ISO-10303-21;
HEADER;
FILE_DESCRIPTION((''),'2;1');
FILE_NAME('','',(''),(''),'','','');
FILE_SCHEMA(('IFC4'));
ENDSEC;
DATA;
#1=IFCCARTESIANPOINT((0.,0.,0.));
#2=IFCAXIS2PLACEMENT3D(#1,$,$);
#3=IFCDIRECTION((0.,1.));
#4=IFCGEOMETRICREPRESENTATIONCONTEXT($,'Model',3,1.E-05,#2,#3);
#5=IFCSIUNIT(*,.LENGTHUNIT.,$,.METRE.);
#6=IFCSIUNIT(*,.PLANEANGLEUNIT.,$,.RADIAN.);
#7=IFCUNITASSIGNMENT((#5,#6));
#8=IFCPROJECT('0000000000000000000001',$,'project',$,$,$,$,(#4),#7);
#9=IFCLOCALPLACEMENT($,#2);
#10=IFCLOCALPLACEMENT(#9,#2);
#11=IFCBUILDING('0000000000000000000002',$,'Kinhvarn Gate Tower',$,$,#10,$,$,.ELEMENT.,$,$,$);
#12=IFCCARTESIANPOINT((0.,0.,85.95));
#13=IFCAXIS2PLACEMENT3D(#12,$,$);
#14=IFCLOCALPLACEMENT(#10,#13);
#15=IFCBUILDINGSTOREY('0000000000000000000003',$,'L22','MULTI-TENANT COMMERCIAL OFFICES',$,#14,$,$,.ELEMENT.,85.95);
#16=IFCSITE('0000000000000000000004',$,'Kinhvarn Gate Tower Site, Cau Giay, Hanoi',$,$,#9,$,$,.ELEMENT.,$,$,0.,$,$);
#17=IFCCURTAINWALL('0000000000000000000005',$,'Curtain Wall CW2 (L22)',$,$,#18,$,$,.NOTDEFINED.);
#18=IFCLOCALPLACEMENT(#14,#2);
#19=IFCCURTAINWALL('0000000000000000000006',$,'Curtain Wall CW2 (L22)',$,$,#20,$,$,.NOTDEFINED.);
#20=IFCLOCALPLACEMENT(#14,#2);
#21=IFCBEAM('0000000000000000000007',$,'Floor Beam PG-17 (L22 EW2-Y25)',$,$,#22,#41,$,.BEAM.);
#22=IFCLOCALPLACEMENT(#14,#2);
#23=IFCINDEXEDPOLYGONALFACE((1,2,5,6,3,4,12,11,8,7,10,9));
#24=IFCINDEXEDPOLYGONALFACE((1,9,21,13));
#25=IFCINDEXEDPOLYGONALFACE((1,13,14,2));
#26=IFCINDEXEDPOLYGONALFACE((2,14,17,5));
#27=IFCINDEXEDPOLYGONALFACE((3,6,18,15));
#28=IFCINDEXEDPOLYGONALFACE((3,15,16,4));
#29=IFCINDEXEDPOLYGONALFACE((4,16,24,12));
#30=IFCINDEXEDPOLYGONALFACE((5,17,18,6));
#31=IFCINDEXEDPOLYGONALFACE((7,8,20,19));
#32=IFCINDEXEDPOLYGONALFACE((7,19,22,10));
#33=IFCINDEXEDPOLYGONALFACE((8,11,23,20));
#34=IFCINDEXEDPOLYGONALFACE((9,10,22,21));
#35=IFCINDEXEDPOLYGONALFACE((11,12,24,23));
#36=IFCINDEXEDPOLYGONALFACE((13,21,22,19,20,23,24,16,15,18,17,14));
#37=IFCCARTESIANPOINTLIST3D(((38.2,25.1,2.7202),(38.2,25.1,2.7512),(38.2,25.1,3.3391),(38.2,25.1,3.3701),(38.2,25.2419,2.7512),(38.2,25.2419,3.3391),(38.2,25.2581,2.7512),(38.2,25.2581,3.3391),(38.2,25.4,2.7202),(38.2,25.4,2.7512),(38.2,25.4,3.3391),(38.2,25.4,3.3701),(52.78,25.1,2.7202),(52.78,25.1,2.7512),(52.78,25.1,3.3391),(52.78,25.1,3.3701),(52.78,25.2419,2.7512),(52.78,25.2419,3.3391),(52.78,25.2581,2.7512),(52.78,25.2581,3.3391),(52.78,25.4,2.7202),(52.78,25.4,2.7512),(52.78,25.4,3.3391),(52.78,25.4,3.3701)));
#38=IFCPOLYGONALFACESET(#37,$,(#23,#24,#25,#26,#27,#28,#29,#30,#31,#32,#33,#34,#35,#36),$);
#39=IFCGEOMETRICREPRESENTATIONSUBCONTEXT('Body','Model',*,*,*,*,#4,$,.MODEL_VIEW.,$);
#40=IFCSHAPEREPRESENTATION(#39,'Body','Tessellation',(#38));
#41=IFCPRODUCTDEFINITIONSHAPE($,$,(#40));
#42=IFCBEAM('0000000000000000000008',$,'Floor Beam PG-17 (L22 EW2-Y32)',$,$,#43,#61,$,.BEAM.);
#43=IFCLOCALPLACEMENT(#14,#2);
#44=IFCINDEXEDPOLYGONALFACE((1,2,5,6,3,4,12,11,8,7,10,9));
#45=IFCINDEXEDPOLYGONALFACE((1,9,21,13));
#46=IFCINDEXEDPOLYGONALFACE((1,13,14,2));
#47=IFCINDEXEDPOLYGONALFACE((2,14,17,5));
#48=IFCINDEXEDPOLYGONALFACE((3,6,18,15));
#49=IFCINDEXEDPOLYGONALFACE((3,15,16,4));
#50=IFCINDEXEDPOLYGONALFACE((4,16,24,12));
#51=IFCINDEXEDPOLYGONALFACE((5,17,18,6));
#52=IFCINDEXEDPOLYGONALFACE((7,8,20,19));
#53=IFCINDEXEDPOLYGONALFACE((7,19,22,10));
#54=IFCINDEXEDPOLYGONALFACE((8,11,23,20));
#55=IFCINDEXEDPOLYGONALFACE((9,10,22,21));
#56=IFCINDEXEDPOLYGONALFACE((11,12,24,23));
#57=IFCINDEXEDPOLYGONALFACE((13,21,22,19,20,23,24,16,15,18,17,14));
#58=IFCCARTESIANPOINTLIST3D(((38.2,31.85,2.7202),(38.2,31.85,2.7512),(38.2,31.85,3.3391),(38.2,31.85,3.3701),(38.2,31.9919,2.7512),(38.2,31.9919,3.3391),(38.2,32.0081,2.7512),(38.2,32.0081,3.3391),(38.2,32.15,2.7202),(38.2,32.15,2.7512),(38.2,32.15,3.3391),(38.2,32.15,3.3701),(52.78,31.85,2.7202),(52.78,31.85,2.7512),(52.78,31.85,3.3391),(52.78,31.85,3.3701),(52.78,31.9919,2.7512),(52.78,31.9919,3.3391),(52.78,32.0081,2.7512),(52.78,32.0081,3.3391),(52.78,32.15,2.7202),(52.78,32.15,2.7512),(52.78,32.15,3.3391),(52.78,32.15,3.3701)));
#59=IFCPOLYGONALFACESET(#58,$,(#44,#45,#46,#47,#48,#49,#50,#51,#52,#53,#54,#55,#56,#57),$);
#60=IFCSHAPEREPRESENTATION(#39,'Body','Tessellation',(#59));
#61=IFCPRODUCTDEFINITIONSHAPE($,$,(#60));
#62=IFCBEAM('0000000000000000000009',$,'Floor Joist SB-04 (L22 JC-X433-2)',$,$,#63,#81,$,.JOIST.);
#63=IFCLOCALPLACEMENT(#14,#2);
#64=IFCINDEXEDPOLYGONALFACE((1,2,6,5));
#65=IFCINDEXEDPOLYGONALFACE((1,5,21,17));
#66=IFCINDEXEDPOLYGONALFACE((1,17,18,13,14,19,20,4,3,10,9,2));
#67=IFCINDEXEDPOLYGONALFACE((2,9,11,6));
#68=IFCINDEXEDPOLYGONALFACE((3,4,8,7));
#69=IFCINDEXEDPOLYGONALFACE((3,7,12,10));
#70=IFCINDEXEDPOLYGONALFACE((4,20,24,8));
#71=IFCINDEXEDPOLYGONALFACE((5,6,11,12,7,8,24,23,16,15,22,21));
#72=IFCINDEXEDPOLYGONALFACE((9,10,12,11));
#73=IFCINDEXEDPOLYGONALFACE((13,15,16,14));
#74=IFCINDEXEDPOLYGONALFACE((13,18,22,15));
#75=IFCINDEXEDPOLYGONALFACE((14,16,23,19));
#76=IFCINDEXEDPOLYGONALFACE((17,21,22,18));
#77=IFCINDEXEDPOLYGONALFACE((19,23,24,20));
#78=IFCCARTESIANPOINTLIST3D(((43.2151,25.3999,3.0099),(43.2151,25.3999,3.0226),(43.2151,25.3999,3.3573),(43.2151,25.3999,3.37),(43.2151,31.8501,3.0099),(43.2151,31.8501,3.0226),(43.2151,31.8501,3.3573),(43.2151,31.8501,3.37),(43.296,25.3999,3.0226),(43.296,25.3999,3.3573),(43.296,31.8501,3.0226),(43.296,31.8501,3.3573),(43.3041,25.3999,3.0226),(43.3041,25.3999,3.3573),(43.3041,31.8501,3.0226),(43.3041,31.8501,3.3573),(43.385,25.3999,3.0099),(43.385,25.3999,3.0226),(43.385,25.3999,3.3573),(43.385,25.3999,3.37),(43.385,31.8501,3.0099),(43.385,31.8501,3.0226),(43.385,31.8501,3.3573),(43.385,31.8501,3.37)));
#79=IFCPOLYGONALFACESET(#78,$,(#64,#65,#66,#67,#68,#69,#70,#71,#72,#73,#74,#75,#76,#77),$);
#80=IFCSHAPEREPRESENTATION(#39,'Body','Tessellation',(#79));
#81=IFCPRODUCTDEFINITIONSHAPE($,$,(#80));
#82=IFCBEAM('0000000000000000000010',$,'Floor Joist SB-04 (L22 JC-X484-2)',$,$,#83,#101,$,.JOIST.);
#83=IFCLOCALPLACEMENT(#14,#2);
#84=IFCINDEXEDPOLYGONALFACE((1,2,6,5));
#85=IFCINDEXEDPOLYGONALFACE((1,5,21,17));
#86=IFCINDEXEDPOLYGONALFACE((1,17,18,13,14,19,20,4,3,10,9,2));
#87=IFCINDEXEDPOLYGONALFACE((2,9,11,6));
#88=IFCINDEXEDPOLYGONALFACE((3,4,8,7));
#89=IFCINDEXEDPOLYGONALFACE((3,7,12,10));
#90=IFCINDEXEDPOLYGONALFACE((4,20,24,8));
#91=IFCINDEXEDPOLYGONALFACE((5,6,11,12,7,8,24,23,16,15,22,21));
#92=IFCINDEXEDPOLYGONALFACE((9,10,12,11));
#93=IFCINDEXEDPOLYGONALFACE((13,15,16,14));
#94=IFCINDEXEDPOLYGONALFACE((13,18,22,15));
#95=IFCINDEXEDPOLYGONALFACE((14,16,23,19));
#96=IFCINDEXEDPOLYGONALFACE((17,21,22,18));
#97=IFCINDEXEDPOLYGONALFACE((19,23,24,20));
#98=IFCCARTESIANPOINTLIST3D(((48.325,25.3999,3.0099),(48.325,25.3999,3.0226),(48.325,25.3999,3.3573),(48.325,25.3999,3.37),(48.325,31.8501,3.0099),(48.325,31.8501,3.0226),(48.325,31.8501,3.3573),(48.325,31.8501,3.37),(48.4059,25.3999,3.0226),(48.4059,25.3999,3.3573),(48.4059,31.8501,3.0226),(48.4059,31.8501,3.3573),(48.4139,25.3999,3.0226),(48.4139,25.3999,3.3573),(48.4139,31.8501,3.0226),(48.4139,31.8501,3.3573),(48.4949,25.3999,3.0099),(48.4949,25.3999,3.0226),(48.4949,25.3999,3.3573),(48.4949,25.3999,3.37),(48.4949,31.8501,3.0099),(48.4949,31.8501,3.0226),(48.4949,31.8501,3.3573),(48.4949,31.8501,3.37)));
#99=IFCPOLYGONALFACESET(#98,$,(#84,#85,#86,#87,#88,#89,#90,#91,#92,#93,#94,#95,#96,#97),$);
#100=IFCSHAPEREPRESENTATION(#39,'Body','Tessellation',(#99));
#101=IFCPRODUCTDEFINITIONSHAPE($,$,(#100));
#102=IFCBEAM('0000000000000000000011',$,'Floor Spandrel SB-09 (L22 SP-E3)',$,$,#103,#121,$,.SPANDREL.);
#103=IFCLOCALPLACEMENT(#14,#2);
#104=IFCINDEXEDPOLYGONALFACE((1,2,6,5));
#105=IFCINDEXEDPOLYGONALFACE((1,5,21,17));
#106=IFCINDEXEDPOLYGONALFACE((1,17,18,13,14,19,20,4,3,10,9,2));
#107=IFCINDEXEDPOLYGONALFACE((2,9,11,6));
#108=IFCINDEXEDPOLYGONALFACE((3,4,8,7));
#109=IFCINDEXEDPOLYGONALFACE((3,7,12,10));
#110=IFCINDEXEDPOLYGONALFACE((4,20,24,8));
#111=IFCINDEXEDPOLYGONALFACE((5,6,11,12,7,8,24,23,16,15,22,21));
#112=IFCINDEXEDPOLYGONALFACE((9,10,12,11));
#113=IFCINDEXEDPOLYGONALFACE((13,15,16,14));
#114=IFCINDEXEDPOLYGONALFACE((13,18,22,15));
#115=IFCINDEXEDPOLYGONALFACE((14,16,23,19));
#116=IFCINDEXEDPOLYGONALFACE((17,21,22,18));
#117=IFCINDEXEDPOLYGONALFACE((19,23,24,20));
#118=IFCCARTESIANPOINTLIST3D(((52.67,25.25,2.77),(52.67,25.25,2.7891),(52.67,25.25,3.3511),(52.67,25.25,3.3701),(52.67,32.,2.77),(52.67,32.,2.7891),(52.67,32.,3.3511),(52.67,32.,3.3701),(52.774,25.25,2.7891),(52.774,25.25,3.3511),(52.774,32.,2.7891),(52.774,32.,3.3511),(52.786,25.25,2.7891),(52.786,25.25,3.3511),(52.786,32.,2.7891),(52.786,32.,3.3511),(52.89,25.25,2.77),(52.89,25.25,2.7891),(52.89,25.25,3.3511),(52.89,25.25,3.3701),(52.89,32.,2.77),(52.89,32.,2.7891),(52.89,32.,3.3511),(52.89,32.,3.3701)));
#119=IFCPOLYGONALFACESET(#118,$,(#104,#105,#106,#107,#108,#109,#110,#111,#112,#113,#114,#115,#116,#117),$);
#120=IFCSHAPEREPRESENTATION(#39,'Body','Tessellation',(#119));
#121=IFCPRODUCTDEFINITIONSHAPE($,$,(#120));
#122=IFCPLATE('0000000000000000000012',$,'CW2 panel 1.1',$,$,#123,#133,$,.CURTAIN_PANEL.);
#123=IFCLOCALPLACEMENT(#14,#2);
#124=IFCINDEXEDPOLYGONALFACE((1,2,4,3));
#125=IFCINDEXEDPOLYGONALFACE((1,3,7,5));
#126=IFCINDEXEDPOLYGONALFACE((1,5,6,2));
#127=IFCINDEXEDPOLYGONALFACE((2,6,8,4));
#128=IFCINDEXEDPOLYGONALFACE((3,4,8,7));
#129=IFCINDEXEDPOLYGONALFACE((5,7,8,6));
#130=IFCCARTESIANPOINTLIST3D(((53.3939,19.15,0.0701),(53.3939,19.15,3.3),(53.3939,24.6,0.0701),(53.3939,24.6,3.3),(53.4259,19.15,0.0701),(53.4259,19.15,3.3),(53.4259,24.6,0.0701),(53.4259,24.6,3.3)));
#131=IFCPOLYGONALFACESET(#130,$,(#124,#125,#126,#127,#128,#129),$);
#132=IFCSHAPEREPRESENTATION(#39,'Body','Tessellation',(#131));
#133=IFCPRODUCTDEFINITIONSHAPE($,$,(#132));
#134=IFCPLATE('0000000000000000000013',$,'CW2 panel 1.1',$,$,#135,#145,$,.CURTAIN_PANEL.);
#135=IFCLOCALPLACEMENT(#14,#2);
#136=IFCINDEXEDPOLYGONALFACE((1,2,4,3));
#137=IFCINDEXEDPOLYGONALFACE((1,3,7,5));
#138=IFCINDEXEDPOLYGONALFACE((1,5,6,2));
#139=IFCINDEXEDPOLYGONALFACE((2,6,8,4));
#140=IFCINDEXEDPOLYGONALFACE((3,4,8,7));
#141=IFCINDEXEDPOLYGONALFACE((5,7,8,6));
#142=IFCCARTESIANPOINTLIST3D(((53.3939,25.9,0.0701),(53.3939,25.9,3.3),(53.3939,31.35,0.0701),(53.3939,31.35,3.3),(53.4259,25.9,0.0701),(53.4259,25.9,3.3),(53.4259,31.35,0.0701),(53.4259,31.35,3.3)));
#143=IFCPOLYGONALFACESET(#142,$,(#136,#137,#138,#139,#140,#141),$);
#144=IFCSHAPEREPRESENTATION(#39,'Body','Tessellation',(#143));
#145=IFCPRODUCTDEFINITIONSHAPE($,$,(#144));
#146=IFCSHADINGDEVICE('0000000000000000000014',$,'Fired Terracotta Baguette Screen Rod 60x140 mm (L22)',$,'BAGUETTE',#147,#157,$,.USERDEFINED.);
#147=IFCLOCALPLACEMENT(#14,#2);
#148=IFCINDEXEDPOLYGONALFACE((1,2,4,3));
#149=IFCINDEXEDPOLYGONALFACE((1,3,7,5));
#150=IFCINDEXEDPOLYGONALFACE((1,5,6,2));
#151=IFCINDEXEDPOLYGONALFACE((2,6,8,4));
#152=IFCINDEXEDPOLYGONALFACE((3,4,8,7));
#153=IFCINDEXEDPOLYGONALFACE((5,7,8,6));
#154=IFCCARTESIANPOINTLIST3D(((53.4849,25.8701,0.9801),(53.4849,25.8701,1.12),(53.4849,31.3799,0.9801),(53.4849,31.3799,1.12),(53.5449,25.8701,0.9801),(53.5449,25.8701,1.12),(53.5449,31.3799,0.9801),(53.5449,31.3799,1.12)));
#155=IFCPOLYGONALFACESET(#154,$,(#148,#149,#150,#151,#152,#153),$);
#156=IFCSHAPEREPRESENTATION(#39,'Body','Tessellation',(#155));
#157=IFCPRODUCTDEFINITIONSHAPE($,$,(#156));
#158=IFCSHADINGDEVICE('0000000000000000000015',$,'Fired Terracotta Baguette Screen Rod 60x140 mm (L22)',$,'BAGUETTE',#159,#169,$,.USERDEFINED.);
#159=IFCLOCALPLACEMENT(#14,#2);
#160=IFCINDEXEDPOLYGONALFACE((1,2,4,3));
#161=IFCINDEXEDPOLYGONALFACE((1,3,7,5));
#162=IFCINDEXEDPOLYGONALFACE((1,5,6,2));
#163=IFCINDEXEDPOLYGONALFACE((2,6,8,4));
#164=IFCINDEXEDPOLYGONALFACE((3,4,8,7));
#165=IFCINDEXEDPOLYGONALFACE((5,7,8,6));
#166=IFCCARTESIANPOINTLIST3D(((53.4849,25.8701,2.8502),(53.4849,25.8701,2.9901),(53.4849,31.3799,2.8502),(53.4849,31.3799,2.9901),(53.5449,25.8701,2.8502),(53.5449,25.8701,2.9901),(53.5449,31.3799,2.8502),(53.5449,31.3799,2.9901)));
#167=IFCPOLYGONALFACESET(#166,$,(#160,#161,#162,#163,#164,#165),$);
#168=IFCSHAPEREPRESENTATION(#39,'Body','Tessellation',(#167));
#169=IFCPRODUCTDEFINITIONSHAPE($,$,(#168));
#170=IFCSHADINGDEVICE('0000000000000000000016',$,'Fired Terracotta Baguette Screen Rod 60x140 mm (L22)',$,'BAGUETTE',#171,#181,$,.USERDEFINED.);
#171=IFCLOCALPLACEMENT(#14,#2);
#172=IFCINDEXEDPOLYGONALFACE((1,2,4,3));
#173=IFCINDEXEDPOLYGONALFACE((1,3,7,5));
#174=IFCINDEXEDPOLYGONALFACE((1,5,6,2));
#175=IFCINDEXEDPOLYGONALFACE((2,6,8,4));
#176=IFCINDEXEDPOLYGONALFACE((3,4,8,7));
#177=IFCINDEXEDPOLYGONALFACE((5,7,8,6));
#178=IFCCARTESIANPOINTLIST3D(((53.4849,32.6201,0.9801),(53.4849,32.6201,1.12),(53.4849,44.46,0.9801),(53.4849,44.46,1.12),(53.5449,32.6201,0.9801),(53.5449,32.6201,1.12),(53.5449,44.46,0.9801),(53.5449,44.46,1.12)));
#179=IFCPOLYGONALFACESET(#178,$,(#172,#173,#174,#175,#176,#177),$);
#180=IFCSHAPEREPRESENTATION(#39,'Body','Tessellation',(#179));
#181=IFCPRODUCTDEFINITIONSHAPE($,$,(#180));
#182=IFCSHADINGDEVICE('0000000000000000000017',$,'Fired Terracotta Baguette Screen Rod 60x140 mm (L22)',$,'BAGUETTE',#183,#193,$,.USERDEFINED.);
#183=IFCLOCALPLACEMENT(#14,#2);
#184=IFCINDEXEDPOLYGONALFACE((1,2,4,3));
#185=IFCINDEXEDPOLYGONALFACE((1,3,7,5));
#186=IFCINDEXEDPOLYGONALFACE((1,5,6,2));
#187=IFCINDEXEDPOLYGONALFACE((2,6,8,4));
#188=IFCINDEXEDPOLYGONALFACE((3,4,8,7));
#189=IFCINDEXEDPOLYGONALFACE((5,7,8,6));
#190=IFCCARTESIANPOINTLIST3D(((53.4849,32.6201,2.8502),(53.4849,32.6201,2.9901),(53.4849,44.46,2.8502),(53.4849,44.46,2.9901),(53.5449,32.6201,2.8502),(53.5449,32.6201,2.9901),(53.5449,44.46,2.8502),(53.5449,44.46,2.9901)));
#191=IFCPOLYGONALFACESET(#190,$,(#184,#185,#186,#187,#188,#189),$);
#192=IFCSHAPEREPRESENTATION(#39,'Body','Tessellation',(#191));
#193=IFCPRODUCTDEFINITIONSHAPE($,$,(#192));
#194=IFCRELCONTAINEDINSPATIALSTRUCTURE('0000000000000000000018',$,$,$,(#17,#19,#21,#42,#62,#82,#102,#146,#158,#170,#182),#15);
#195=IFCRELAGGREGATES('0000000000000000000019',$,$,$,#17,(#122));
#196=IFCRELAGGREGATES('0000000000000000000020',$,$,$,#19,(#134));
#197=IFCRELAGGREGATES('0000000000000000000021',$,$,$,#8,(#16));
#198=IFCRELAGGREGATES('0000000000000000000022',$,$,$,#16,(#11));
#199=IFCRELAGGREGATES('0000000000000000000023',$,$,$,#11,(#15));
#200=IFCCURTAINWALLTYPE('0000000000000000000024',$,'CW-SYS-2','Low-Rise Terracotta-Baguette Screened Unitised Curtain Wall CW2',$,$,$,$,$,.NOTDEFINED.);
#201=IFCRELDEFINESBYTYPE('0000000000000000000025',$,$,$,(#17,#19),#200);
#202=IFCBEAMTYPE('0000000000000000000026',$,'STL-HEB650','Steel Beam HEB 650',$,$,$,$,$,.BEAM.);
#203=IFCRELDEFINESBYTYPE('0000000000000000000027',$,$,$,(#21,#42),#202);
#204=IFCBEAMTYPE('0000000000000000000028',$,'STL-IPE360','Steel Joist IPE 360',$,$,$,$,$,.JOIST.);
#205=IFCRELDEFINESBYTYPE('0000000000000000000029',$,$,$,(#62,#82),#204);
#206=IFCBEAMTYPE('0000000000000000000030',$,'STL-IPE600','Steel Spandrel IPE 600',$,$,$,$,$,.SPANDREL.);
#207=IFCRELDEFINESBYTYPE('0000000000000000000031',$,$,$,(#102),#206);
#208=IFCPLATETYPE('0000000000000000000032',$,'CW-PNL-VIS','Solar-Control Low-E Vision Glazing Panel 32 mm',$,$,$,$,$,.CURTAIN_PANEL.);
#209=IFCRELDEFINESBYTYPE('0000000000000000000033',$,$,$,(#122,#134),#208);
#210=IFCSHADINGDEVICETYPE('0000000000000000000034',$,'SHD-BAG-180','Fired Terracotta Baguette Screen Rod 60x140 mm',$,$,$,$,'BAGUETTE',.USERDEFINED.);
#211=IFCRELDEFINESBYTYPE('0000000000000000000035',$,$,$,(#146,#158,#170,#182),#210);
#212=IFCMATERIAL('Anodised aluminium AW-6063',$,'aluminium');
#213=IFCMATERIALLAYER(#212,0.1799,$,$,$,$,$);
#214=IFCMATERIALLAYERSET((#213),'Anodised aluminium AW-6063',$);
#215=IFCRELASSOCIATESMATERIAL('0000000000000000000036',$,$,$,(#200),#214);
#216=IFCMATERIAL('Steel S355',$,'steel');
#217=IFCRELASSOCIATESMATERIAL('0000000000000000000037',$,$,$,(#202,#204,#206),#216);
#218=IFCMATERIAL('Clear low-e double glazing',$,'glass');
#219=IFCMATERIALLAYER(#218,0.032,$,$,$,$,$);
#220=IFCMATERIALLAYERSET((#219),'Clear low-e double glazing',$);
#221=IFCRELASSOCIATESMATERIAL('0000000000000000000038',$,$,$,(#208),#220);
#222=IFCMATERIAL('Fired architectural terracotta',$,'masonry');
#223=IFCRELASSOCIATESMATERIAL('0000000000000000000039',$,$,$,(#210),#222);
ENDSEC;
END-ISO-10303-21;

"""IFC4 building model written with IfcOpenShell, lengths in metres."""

from ifc_helpers import new_model, si_unit, direction, frame, origin, origin_2d, place, context, subcontext, project, spatial, rectangle, i_section, extrude, material, layer, layer_set, material_profile, profile_set, type_object, element, aggregate, save


model = new_model("IFC4")

# Units and contexts
model_context = context("Model", 3, precision=1e-05, world=origin(), true_north=direction((0.0, 1.0)))
body_context = subcontext(model_context, "Body", "Model", "MODEL_VIEW")
ifc_project = project(units=[si_unit("LENGTHUNIT", "METRE"), si_unit("PLANEANGLEUNIT", "RADIAN")], contexts=[model_context])

# Site, building, storey
site_placement = place(None, origin())
site = spatial("IfcSite", under=ifc_project, at=site_placement, Name="Kinhvarn Gate Tower Site, Cau Giay, Hanoi", CompositionType="ELEMENT", RefElevation=0.0)
building_placement = place(site_placement, origin())
building = spatial("IfcBuilding", under=site, at=building_placement, Name="Kinhvarn Gate Tower", CompositionType="ELEMENT")
storey_placement = place(building_placement, frame((0.0, 0.0, 85.95)))
storey = spatial("IfcBuildingStorey", under=building, at=storey_placement, Name="L22", Description="MULTI-TENANT COMMERCIAL OFFICES", CompositionType="ELEMENT", Elevation=85.95)

# Curtain wall
ifc_material_1 = material(Name="Anodised aluminium AW-6063", Category="aluminium")
ifc_layer_1 = layer(ifc_material_1, 0.1799)
ifc_layer_set_1 = layer_set([ifc_layer_1], Name="Anodised aluminium AW-6063")
curtain_wall_type = type_object("IfcCurtainWallType", Name="CW-SYS-2", Description="Low-Rise Terracotta-Baguette Screened Unitised Curtain Wall CW2", PredefinedType="NOTDEFINED", material=ifc_layer_set_1)
curtain_wall_1_placement = place(storey_placement, origin())
curtain_wall_1 = element("IfcCurtainWall", 1, at=curtain_wall_1_placement, inside=storey, type_object=curtain_wall_type, Name="Curtain Wall CW2 (L22)", PredefinedType="NOTDEFINED")

# Curtain wall
curtain_wall_2_placement = place(storey_placement, origin())
curtain_wall_2 = element("IfcCurtainWall", 2, at=curtain_wall_2_placement, inside=storey, type_object=curtain_wall_type, Name="Curtain Wall CW2 (L22)", PredefinedType="NOTDEFINED")

# Beams
ifc_material_2 = material(Name="Steel S355", Category="steel")
ifc_material_profile_1 = material_profile(ifc_material_2, i_section(OverallWidth=0.3, OverallDepth=0.6499, WebThickness=0.0161, FlangeThickness=0.031, at=origin_2d()), Name="HEB 650")
ifc_profile_set_1 = profile_set([ifc_material_profile_1], Name="Steel S355")
beam_type_1 = type_object("IfcBeamType", Name="STL-HEB650", Description="Steel Beam HEB 650", PredefinedType="BEAM", material=ifc_profile_set_1)
for number, where, z_axis, x_axis, name in (
    (3, (38.2, 25.25, 3.0452), (1.0, 0.0, 0.0), (0.0, 1.0, 0.0), "Floor Beam PG-17 (L22 EW2-Y25)"),
    (4, (38.2, 32.0, 3.0452), (1.0, 0.0, 0.0), (0.0, 1.0, 0.0), "Floor Beam PG-17 (L22 EW2-Y32)"),
):
    element("IfcBeam", number, at=place(storey_placement, frame(where, z_axis=z_axis, x_axis=x_axis)), inside=storey, type_object=beam_type_1, Name=name, PredefinedType="BEAM", context=body_context, shape_type="SweptSolid", body=[
        extrude(i_section(OverallWidth=0.3, OverallDepth=0.6499, WebThickness=0.0161, FlangeThickness=0.031, at=origin_2d()), origin(), (0.0, 0.0, 1.0), 14.5801),
    ])
ifc_material_profile_2 = material_profile(ifc_material_2, i_section(OverallWidth=0.1699, OverallDepth=0.3601, WebThickness=0.0081, FlangeThickness=0.0127, at=origin_2d()), Name="IPE 360")
ifc_profile_set_2 = profile_set([ifc_material_profile_2], Name="Steel S355")
beam_type_2 = type_object("IfcBeamType", Name="STL-IPE360", Description="Steel Joist IPE 360", PredefinedType="JOIST", material=ifc_profile_set_2)
for number, where, z_axis, x_axis, name in (
    (5, (43.3, 25.3999, 3.1899), (0.0, 1.0, 0.0), (-1.0, 0.0, 0.0), "Floor Joist SB-04 (L22 JC-X433-2)"),
    (6, (48.4099, 25.3999, 3.1899), (0.0, 1.0, 0.0), (-1.0, 0.0, 0.0), "Floor Joist SB-04 (L22 JC-X484-2)"),
):
    element("IfcBeam", number, at=place(storey_placement, frame(where, z_axis=z_axis, x_axis=x_axis)), inside=storey, type_object=beam_type_2, Name=name, PredefinedType="JOIST", context=body_context, shape_type="SweptSolid", body=[
        extrude(i_section(OverallWidth=0.1699, OverallDepth=0.3601, WebThickness=0.0081, FlangeThickness=0.0127, at=origin_2d()), origin(), (0.0, 0.0, 1.0), 6.4502),
    ])
ifc_material_profile_3 = material_profile(ifc_material_2, i_section(OverallWidth=0.22, OverallDepth=0.6001, WebThickness=0.012, FlangeThickness=0.019, at=origin_2d()), Name="IPE 600")
ifc_profile_set_3 = profile_set([ifc_material_profile_3], Name="Steel S355")
beam_type_3 = type_object("IfcBeamType", Name="STL-IPE600", Description="Steel Spandrel IPE 600", PredefinedType="SPANDREL", material=ifc_profile_set_3)
beam_1_placement = place(storey_placement, frame((52.78, 25.25, 3.0701), z_axis=(0.0, 1.0, 0.0), x_axis=(-1.0, 0.0, 0.0)))
element("IfcBeam", 7, at=beam_1_placement, inside=storey, type_object=beam_type_3, Name="Floor Spandrel SB-09 (L22 SP-E3)", PredefinedType="SPANDREL", context=body_context, shape_type="SweptSolid", body=[
    extrude(i_section(OverallWidth=0.22, OverallDepth=0.6001, WebThickness=0.012, FlangeThickness=0.019, at=origin_2d()), origin(), (0.0, 0.0, 1.0), 6.75),
])

# Plates
ifc_material_3 = material(Name="Clear low-e double glazing", Category="glass")
ifc_layer_2 = layer(ifc_material_3, 0.032)
ifc_layer_set_2 = layer_set([ifc_layer_2], Name="Clear low-e double glazing")
plate_type = type_object("IfcPlateType", Name="CW-PNL-VIS", Description="Solar-Control Low-E Vision Glazing Panel 32 mm", PredefinedType="CURTAIN_PANEL", material=ifc_layer_set_2)
plate_1_placement = place(storey_placement, frame((53.4099, 21.875, 0.0701), z_axis=(0.0, 0.0, 1.0), x_axis=(0.0, 1.0, 0.0)))
plate_1 = element("IfcPlate", 8, at=plate_1_placement, type_object=plate_type, Name="CW2 panel 1.1", PredefinedType="CURTAIN_PANEL", context=body_context, shape_type="SweptSolid", body=[
    extrude(rectangle(XDim=5.45, YDim=0.032, at=origin_2d()), origin(), (0.0, 0.0, 1.0), 3.23),
])
aggregate(curtain_wall_1, [plate_1])
plate_2_placement = place(storey_placement, frame((53.4099, 28.625, 0.0701), z_axis=(0.0, 0.0, 1.0), x_axis=(0.0, 1.0, 0.0)))
plate_2 = element("IfcPlate", 9, at=plate_2_placement, type_object=plate_type, Name="CW2 panel 1.1", PredefinedType="CURTAIN_PANEL", context=body_context, shape_type="SweptSolid", body=[
    extrude(rectangle(XDim=5.45, YDim=0.032, at=origin_2d()), origin(), (0.0, 0.0, 1.0), 3.23),
])
aggregate(curtain_wall_2, [plate_2])

# Shading devices
ifc_material_4 = material(Name="Fired architectural terracotta", Category="masonry")
ifc_material_profile_4 = material_profile(ifc_material_4, rectangle(XDim=0.0601, YDim=0.1399, at=origin_2d()), Name="TC 60x140")
ifc_profile_set_4 = profile_set([ifc_material_profile_4], Name="Fired architectural terracotta")
shading_device_type = type_object("IfcShadingDeviceType", Name="SHD-BAG-180", Description="Fired Terracotta Baguette Screen Rod 60x140 mm", ElementType="BAGUETTE", PredefinedType="USERDEFINED", material=ifc_profile_set_4)
for number, where, z_axis, x_axis, name in (
    (10, (53.5149, 25.8701, 1.05), (0.0, 1.0, 0.0), (-1.0, 0.0, 0.0), "Fired Terracotta Baguette Screen Rod 60x140 mm (L22)"),
    (11, (53.5149, 25.8701, 2.9202), (0.0, 1.0, 0.0), (-1.0, 0.0, 0.0), "Fired Terracotta Baguette Screen Rod 60x140 mm (L22)"),
):
    element("IfcShadingDevice", number, at=place(storey_placement, frame(where, z_axis=z_axis, x_axis=x_axis)), inside=storey, type_object=shading_device_type, Name=name, ObjectType="BAGUETTE", PredefinedType="USERDEFINED", context=body_context, shape_type="SweptSolid", body=[
        extrude(rectangle(XDim=0.0601, YDim=0.1399, at=origin_2d()), origin(), (0.0, 0.0, 1.0), 5.5098),
    ])
for number, where, z_axis, x_axis, name in (
    (12, (53.5149, 32.6201, 1.05), (0.0, 1.0, 0.0), (-1.0, 0.0, 0.0), "Fired Terracotta Baguette Screen Rod 60x140 mm (L22)"),
    (13, (53.5149, 32.6201, 2.9202), (0.0, 1.0, 0.0), (-1.0, 0.0, 0.0), "Fired Terracotta Baguette Screen Rod 60x140 mm (L22)"),
):
    element("IfcShadingDevice", number, at=place(storey_placement, frame(where, z_axis=z_axis, x_axis=x_axis)), inside=storey, type_object=shading_device_type, Name=name, ObjectType="BAGUETTE", PredefinedType="USERDEFINED", context=body_context, shape_type="SweptSolid", body=[
        extrude(rectangle(XDim=0.0601, YDim=0.1399, at=origin_2d()), origin(), (0.0, 0.0, 1.0), 11.8398),
    ])

save(model, "model.ifc")
